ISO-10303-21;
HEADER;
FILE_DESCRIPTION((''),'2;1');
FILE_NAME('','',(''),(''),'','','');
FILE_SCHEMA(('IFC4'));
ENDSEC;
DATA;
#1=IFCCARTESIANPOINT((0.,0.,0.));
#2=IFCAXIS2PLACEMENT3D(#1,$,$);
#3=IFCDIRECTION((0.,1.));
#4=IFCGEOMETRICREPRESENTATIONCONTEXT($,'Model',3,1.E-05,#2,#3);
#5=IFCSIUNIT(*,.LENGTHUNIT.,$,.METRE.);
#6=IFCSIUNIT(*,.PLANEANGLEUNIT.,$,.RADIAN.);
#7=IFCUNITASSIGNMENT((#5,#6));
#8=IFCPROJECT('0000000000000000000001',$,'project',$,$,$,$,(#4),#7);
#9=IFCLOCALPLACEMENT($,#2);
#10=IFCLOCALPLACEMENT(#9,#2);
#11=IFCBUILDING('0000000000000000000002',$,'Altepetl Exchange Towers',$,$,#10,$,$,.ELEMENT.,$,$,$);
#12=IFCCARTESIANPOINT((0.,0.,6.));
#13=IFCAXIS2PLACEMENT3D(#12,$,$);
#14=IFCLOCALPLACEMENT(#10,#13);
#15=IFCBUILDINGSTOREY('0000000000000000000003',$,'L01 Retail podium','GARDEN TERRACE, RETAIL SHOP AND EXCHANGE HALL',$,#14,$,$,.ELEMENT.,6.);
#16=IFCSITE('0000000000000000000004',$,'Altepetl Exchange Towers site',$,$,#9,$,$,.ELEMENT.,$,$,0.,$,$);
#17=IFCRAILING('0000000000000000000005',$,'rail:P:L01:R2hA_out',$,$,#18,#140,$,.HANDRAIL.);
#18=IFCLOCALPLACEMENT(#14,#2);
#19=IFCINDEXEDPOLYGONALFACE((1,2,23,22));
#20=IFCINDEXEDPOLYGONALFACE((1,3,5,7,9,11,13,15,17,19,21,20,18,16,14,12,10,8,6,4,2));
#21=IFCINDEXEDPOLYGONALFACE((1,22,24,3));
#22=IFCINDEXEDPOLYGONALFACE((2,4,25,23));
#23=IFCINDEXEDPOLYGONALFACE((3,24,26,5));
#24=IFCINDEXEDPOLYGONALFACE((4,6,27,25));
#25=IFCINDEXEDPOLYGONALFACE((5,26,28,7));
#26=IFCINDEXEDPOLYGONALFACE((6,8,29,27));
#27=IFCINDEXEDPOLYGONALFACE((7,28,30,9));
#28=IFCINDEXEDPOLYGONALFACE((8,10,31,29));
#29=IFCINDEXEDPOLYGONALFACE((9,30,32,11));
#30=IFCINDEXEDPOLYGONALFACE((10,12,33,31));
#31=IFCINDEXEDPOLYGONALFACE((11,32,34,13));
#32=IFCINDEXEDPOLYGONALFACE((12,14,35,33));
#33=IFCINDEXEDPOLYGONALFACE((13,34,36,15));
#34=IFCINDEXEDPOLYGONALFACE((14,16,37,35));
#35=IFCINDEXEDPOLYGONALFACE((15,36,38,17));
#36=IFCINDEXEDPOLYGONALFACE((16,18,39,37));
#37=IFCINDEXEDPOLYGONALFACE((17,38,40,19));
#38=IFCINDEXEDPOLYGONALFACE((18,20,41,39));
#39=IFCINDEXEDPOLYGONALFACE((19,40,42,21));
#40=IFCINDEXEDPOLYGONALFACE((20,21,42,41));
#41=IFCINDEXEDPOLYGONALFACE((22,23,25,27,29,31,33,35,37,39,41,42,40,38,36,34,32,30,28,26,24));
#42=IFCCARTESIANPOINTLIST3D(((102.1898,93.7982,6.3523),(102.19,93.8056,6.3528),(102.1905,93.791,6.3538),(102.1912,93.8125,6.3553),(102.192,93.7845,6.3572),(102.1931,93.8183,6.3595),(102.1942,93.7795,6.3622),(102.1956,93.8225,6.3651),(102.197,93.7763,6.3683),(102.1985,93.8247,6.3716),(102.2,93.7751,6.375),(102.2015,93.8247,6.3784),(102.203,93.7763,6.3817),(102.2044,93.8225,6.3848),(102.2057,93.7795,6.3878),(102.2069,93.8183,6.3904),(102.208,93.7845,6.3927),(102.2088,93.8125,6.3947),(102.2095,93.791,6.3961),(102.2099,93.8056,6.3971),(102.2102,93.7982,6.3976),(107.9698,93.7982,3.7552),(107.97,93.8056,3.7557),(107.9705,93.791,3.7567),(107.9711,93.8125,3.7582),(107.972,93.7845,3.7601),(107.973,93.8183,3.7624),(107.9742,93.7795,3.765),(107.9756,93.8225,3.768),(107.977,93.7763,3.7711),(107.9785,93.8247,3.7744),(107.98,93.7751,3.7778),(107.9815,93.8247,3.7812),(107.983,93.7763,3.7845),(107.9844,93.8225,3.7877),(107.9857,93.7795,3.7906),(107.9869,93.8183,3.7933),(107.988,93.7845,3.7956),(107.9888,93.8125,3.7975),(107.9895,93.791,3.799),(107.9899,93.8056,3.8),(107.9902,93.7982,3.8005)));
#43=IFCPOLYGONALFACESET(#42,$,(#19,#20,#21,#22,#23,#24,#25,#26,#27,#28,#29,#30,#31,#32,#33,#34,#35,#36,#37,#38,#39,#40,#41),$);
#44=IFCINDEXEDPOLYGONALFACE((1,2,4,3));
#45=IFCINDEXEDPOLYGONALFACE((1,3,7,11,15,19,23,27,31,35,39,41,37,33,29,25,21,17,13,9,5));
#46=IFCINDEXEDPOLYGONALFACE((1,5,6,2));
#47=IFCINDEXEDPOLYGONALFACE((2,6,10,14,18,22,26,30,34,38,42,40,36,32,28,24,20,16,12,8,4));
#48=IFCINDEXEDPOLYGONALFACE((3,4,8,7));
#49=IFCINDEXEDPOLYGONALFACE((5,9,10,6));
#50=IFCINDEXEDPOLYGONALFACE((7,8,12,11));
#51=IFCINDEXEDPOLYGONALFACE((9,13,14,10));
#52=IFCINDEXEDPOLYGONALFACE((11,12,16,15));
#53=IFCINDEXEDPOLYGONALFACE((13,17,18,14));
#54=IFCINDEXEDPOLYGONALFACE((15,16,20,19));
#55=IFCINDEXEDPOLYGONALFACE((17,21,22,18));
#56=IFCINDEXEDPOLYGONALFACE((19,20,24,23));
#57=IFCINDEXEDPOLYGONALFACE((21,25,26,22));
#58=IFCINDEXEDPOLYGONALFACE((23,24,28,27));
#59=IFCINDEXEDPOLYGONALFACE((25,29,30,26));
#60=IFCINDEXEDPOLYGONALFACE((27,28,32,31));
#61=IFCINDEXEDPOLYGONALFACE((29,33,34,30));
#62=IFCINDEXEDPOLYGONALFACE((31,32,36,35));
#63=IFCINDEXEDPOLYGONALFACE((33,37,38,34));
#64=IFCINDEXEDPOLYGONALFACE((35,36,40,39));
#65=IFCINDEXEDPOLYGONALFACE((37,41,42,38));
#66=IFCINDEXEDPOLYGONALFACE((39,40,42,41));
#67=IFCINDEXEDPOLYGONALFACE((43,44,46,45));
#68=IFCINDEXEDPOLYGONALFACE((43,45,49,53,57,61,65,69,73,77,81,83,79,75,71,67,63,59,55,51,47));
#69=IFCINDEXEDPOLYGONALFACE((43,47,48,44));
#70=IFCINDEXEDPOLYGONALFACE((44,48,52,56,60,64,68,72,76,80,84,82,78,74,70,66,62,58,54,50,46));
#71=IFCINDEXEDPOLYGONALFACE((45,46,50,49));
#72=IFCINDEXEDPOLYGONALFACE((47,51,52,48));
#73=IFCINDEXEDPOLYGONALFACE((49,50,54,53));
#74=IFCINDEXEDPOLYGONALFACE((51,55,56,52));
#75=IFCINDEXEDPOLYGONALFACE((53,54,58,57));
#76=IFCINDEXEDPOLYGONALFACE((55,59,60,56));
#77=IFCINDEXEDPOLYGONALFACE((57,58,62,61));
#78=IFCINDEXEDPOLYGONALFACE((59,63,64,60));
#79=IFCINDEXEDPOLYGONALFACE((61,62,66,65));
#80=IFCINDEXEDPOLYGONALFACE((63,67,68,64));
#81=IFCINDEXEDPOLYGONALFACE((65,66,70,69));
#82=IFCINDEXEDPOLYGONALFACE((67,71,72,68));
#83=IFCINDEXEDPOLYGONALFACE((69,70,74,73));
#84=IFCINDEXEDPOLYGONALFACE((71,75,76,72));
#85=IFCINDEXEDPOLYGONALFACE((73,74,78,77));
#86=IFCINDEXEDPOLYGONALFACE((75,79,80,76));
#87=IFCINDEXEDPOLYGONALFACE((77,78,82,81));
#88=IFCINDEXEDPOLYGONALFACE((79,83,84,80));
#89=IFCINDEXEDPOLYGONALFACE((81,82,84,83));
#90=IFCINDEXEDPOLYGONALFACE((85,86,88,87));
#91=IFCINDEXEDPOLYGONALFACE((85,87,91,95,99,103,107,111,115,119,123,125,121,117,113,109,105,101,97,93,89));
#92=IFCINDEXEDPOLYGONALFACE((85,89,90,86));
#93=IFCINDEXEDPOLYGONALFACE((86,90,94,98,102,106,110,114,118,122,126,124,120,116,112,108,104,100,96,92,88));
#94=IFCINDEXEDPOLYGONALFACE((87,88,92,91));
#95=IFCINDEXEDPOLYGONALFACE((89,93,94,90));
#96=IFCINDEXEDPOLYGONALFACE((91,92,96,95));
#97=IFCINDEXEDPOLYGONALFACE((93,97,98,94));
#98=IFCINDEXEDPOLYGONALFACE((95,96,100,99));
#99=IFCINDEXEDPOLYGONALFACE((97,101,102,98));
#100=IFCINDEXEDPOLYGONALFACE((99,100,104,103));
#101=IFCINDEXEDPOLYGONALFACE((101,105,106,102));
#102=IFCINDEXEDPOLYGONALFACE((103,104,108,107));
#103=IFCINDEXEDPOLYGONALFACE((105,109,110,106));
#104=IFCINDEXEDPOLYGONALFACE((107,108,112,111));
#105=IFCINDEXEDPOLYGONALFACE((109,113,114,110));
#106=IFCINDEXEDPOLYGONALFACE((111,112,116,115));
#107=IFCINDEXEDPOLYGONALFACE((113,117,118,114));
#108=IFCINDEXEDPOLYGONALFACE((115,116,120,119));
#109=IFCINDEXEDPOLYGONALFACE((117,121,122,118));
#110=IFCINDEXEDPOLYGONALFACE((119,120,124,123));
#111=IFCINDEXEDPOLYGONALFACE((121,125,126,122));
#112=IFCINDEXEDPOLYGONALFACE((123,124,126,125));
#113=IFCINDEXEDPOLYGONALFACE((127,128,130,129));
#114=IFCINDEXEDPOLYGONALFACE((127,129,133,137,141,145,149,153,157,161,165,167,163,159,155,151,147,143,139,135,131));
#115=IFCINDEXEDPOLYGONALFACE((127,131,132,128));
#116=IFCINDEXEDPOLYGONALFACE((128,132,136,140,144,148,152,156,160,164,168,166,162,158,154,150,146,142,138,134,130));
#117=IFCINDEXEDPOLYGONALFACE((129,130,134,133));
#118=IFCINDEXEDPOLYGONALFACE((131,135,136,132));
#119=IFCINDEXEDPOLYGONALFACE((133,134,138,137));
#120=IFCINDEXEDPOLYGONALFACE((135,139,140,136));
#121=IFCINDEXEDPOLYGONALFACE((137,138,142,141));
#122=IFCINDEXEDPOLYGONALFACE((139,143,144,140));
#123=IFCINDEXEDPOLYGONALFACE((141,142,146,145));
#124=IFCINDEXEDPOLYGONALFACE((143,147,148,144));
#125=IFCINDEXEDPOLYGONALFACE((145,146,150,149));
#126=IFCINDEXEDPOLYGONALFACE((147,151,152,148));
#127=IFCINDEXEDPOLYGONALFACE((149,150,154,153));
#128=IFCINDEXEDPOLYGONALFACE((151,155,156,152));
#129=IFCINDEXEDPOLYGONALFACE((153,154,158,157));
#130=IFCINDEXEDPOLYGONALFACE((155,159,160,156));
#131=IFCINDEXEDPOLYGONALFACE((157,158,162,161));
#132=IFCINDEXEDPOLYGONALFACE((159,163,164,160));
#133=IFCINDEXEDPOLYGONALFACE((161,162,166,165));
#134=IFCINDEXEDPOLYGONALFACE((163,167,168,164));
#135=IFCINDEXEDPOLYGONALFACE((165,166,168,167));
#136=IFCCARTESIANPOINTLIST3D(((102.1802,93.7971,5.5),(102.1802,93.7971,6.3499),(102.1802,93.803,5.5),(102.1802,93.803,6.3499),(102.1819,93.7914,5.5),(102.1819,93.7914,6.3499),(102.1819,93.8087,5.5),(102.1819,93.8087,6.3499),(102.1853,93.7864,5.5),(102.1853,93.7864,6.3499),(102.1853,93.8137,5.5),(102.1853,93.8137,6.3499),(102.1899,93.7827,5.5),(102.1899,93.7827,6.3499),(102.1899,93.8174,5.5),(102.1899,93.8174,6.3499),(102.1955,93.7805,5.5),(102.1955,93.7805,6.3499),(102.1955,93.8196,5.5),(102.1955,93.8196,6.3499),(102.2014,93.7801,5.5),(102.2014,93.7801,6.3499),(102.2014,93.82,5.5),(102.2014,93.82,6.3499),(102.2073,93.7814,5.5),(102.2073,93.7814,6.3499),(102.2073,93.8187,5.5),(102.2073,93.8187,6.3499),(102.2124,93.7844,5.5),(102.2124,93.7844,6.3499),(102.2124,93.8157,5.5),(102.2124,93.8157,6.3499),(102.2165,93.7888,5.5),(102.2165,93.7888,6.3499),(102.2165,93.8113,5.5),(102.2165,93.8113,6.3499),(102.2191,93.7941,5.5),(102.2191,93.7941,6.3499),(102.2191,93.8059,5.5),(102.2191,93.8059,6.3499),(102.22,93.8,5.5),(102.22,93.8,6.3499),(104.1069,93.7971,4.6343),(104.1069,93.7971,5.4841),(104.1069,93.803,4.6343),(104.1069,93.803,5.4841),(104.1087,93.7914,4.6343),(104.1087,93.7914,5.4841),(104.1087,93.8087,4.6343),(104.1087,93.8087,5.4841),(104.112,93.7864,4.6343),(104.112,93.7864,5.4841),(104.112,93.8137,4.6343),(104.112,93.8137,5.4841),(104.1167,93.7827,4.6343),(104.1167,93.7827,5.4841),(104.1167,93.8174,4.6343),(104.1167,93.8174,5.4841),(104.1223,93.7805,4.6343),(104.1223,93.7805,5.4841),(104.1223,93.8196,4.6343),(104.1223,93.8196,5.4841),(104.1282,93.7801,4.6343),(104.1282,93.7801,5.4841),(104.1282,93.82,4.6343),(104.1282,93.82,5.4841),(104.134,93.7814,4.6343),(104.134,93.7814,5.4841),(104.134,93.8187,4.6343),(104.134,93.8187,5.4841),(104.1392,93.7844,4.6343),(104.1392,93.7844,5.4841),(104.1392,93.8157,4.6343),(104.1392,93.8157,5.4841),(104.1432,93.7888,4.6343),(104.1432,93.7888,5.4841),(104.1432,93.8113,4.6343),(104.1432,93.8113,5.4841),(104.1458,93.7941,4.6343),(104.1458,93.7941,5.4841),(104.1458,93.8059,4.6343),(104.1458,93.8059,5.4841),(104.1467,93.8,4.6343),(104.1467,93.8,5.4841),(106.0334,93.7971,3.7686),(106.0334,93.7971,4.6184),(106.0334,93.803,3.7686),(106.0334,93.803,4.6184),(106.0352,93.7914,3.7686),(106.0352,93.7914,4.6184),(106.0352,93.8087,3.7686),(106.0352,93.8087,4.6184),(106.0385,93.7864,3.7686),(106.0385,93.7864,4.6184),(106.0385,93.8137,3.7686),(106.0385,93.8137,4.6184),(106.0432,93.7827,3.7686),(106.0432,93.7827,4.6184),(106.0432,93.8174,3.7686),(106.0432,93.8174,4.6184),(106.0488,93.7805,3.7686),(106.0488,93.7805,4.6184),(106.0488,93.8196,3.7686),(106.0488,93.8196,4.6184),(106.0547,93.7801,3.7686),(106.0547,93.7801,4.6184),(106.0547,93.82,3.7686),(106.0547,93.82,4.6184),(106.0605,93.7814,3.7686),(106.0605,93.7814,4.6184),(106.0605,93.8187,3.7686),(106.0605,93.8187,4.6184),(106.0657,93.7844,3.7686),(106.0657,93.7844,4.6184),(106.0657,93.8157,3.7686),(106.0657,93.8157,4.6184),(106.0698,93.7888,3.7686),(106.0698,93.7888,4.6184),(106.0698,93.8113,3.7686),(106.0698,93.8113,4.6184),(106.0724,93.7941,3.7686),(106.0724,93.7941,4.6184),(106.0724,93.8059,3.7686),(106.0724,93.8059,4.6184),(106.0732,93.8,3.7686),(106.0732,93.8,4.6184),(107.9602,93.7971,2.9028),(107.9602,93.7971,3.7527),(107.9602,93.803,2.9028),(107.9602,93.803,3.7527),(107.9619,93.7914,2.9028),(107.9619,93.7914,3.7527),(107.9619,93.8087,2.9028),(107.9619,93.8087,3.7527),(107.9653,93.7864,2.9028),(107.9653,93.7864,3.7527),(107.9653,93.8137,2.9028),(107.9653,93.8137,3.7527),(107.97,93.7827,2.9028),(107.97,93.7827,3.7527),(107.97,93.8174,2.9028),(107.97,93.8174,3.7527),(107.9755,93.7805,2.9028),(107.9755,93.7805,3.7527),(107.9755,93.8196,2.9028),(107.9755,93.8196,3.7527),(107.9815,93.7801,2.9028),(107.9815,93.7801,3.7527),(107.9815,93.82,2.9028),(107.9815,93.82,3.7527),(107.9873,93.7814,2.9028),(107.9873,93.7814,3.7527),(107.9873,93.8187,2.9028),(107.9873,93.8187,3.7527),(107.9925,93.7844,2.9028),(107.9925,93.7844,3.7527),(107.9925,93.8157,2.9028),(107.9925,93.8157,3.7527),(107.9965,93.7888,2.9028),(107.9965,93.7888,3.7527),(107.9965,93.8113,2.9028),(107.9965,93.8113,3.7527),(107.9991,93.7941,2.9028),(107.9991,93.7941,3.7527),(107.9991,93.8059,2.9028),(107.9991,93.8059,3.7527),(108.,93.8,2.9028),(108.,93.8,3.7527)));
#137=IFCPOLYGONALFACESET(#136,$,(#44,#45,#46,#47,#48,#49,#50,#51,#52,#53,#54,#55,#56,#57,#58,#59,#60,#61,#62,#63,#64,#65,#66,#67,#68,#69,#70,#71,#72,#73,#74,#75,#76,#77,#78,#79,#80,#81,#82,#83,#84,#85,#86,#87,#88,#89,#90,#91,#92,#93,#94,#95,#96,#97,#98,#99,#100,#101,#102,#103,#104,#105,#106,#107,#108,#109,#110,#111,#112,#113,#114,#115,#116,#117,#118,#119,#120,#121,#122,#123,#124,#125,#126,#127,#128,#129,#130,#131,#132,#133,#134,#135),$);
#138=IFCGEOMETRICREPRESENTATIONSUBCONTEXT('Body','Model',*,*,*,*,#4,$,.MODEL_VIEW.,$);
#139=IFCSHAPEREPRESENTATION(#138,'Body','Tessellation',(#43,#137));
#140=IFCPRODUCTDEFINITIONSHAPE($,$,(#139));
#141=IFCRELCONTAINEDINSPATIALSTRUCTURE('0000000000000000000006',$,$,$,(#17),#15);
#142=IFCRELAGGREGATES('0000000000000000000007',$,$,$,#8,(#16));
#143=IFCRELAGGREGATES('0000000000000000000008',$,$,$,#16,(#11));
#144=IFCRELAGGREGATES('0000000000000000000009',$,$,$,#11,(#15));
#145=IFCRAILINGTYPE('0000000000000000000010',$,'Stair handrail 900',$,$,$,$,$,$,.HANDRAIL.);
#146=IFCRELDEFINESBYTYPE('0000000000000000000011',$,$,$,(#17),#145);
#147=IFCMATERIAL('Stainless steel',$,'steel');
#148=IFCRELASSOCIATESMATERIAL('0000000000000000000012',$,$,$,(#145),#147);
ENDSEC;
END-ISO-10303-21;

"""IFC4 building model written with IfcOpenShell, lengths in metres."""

from ifc_helpers import new_model, si_unit, direction, frame, origin, origin_2d, place, context, subcontext, project, spatial, circle, extrude, source, transform, mapped, material, type_object, element, save


model = new_model("IFC4")

# Units and contexts
model_context = context("Model", 3, precision=1e-05, world=origin(), true_north=direction((0.0, 1.0)))
body_context = subcontext(model_context, "Body", "Model", "MODEL_VIEW")
ifc_project = project(units=[si_unit("LENGTHUNIT", "METRE"), si_unit("PLANEANGLEUNIT", "RADIAN")], contexts=[model_context])

# Site, building, storey
site_placement = place(None, origin())
site = spatial("IfcSite", under=ifc_project, at=site_placement, Name="Altepetl Exchange Towers site", CompositionType="ELEMENT", RefElevation=0.0)
building_placement = place(site_placement, origin())
building = spatial("IfcBuilding", under=site, at=building_placement, Name="Altepetl Exchange Towers", CompositionType="ELEMENT")
storey_placement = place(building_placement, frame((0.0, 0.0, 6.0)))
storey = spatial("IfcBuildingStorey", under=building, at=storey_placement, Name="L01 Retail podium", Description="GARDEN TERRACE, RETAIL SHOP AND EXCHANGE HALL", CompositionType="ELEMENT", Elevation=6.0)

# Railing
ifc_material_1 = material(Name="Stainless steel", Category="steel")
railing_type_1 = type_object("IfcRailingType", Name="Stair handrail 900", PredefinedType="HANDRAIL", material=ifc_material_1)
shared_shape_1 = source(origin(), body_context, "Body", "SweptSolid", [
    extrude(circle(Radius=0.02, at=origin_2d()), origin(), (0.0, 0.0, 1.0), 0.8499),
])
for number, where, name in (
    (1, (107.98, 93.8, 2.9028), "rail:P:L01:R2hA_out"),
):
    element("IfcRailing", number, at=place(storey_placement, frame(where)), inside=storey, type_object=railing_type_1, Name=name, PredefinedType="HANDRAIL", context=body_context, shape_type="SweptSolid", body=[
        extrude(circle(Radius=0.0249, at=origin_2d()), frame((0.0, 0.0, 0.875), z_axis=(-0.912148, 0.0, 0.40986), x_axis=(0.0, -1.0, 0.0)), (0.0, 0.0, 1.0), 6.3367),
        mapped(shared_shape_1, transform((0.0, 0.0, 0.0))),
        mapped(shared_shape_1, transform((-1.9268, 0.0, 0.8657))),
        mapped(shared_shape_1, transform((-3.8533, 0.0, 1.7314))),
        mapped(shared_shape_1, transform((-5.78, 0.0, 2.5972))),
    ])

save(model, "model.ifc")
